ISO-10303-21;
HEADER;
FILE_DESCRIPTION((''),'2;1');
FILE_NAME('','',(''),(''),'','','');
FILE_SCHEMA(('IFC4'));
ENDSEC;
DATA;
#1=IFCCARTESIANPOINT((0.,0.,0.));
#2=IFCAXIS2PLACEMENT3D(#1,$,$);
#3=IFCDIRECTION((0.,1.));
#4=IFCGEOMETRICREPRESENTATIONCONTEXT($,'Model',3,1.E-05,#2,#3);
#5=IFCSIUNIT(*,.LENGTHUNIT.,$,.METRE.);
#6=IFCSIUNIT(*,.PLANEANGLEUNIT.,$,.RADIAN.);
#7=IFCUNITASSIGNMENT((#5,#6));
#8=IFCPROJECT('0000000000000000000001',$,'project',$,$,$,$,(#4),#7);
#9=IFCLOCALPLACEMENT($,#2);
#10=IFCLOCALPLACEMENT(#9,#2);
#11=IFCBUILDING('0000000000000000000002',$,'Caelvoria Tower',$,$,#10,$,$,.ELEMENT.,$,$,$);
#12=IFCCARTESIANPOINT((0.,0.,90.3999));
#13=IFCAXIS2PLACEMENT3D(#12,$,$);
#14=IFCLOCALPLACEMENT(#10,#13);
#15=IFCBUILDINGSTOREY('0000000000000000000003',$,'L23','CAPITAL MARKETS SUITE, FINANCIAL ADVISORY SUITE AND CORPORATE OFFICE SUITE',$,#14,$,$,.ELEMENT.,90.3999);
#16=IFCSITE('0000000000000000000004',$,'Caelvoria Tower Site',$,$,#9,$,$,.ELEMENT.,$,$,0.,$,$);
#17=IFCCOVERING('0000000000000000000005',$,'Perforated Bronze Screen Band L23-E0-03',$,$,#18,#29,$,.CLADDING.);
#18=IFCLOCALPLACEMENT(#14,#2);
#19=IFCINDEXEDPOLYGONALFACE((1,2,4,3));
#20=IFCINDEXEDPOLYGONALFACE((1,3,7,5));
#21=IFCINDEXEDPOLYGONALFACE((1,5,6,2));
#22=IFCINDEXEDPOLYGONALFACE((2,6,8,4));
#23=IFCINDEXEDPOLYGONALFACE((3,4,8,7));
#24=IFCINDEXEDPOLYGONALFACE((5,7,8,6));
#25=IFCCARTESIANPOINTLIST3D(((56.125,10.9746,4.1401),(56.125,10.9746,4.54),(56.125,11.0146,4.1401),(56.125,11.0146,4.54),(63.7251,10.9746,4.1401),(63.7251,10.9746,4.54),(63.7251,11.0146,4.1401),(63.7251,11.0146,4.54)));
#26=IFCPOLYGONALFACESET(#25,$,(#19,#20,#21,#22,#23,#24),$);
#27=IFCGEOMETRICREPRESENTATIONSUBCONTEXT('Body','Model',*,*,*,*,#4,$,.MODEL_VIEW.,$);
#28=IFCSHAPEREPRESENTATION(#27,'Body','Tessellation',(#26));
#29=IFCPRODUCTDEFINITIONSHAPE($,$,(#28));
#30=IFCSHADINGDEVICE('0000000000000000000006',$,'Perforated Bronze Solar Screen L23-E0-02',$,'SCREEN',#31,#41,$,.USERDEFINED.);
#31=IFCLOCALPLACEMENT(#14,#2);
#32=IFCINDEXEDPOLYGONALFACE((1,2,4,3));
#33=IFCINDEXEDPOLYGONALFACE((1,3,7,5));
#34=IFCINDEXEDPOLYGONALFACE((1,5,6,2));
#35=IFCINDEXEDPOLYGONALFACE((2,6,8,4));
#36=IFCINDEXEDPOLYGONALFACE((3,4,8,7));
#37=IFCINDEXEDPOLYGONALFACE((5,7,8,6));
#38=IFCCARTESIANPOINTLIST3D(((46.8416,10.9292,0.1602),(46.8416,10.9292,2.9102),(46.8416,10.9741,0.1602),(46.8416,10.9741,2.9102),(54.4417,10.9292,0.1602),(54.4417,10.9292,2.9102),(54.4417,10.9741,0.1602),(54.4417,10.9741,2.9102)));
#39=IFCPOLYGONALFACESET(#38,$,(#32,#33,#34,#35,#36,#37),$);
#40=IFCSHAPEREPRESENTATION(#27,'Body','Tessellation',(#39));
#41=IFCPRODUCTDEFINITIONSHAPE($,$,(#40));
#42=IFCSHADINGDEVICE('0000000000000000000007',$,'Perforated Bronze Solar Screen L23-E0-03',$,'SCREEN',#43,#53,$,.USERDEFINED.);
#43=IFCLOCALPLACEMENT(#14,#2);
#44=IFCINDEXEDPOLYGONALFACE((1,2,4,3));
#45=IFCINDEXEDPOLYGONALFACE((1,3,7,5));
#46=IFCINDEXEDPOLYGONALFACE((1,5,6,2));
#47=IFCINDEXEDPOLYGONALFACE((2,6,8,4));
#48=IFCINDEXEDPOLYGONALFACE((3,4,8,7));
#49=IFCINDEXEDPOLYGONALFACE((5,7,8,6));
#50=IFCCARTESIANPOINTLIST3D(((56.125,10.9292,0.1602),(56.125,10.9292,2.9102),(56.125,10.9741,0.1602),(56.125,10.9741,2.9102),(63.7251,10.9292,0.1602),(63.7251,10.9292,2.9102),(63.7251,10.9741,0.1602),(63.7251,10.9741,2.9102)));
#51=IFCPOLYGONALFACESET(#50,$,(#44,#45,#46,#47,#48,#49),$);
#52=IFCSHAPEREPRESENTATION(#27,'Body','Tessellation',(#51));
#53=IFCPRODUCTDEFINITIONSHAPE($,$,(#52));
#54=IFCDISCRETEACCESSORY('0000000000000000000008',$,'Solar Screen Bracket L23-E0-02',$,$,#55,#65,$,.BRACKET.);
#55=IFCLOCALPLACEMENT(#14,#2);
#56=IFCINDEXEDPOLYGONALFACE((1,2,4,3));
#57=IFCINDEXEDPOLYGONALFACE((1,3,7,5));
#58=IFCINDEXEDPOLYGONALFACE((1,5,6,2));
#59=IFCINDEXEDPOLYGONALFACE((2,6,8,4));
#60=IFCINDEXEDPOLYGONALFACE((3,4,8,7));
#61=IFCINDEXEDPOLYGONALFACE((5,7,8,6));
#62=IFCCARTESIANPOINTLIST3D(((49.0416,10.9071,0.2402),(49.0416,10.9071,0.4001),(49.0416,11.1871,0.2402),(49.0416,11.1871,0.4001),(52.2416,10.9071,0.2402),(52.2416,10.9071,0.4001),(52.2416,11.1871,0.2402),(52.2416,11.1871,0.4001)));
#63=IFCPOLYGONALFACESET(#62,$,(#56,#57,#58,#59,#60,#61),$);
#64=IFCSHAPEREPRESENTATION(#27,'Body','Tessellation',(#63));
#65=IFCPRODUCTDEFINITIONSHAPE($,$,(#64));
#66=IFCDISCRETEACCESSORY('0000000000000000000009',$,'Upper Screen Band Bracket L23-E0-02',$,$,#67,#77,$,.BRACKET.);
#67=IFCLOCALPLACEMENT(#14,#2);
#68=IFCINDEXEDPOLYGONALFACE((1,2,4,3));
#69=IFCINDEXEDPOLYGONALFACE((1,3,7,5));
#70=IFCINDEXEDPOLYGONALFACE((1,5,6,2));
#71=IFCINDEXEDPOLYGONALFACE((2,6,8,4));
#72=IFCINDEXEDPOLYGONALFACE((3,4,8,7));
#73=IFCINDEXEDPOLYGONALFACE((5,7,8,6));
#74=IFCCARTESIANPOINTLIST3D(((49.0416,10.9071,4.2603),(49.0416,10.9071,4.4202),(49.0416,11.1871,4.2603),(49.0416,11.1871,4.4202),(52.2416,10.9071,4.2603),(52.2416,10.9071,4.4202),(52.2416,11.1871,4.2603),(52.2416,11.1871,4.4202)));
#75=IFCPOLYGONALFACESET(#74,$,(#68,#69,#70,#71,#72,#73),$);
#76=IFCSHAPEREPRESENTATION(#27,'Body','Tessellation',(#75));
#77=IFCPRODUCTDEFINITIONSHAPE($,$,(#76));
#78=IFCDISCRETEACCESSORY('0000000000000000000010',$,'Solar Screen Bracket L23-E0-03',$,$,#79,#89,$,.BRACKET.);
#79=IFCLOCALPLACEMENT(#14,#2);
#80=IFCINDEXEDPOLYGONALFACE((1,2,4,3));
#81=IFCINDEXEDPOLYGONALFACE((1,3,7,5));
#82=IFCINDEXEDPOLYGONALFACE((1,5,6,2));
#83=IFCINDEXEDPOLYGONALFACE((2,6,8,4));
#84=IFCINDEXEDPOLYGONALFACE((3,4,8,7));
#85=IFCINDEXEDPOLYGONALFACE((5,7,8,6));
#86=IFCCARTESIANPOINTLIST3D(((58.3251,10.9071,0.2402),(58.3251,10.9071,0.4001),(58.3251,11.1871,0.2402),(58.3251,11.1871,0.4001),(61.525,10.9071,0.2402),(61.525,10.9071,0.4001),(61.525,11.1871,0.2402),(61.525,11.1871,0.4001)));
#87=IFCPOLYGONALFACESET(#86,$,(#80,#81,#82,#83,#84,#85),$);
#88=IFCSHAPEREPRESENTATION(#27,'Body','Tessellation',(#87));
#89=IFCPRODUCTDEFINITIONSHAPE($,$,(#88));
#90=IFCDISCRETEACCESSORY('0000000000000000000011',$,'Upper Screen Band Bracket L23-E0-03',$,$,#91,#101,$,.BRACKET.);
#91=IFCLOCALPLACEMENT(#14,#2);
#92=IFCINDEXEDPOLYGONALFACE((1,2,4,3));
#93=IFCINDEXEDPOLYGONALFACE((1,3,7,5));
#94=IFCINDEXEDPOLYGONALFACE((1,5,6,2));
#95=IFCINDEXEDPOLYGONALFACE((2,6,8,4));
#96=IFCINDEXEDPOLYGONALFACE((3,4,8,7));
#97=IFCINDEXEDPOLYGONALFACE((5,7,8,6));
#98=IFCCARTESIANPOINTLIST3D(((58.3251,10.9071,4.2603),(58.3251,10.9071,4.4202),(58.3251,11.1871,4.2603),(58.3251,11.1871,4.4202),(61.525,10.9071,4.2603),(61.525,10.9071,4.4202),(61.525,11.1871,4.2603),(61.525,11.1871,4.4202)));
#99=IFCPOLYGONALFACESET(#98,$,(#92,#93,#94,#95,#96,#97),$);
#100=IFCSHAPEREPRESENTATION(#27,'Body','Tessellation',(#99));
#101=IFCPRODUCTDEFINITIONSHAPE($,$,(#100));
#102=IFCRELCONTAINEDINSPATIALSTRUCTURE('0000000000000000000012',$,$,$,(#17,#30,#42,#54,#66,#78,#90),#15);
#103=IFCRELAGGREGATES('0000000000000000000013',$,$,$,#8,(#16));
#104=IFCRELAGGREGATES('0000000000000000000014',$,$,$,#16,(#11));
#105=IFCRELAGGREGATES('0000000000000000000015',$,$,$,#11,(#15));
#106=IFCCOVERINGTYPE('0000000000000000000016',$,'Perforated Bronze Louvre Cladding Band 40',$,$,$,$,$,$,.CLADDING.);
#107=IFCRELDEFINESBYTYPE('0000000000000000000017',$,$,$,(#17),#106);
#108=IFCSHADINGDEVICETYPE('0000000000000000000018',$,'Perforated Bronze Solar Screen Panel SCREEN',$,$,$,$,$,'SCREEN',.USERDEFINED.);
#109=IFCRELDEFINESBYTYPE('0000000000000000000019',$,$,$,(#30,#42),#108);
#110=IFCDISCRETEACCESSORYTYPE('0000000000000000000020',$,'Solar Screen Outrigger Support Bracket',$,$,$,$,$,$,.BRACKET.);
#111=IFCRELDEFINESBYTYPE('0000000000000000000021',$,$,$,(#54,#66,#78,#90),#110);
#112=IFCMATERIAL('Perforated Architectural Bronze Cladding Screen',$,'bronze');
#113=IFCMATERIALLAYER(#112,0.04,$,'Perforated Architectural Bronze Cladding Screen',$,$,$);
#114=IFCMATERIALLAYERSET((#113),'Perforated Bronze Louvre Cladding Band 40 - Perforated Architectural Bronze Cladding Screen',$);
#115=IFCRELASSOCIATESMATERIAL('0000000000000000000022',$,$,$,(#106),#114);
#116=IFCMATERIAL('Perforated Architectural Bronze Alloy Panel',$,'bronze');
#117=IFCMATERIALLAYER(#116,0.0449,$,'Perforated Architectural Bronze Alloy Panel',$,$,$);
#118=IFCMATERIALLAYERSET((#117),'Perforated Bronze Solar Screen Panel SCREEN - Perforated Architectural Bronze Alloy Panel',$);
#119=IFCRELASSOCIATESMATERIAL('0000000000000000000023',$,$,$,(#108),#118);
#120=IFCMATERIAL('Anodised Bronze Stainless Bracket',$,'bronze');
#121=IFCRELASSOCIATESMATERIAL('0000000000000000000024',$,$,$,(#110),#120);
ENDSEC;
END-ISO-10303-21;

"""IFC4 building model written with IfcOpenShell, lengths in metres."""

from ifc_helpers import new_model, si_unit, direction, frame, origin, origin_2d, place, context, subcontext, project, spatial, rectangle, extrude, material, layer, layer_set, type_object, element, save


model = new_model("IFC4")

# Units and contexts
model_context = context("Model", 3, precision=1e-05, world=origin(), true_north=direction((0.0, 1.0)))
body_context = subcontext(model_context, "Body", "Model", "MODEL_VIEW")
ifc_project = project(units=[si_unit("LENGTHUNIT", "METRE"), si_unit("PLANEANGLEUNIT", "RADIAN")], contexts=[model_context])

# Site, building, storey
site_placement = place(None, origin())
site = spatial("IfcSite", under=ifc_project, at=site_placement, Name="Caelvoria Tower Site", CompositionType="ELEMENT", RefElevation=0.0)
building_placement = place(site_placement, origin())
building = spatial("IfcBuilding", under=site, at=building_placement, Name="Caelvoria Tower", CompositionType="ELEMENT")
storey_placement = place(building_placement, frame((0.0, 0.0, 90.3999)))
storey = spatial("IfcBuildingStorey", under=building, at=storey_placement, Name="L23", Description="CAPITAL MARKETS SUITE, FINANCIAL ADVISORY SUITE AND CORPORATE OFFICE SUITE", CompositionType="ELEMENT", Elevation=90.3999)

# Covering
ifc_material_1 = material(Name="Perforated Architectural Bronze Cladding Screen", Category="bronze")
ifc_layer_1 = layer(ifc_material_1, 0.04, Name="Perforated Architectural Bronze Cladding Screen")
ifc_layer_set_1 = layer_set([ifc_layer_1], Name="Perforated Bronze Louvre Cladding Band 40 - Perforated Architectural Bronze Cladding Screen")
covering_type = type_object("IfcCoveringType", Name="Perforated Bronze Louvre Cladding Band 40", PredefinedType="CLADDING", material=ifc_layer_set_1)
for number, where, z_axis, x_axis, name in (
    (1, (59.925, 10.9946, 4.1401), (0.0, 0.0, 1.0), (1.0, 0.0, 0.0), "Perforated Bronze Screen Band L23-E0-03"),
):
    element("IfcCovering", number, at=place(storey_placement, frame(where, z_axis=z_axis, x_axis=x_axis)), inside=storey, type_object=covering_type, Name=name, PredefinedType="CLADDING", context=body_context, shape_type="SweptSolid", body=[
        extrude(rectangle(XDim=7.6001, YDim=0.04, at=origin_2d()), origin(), (0.0, 0.0, 1.0), 0.3999),
    ])

# Shading devices
ifc_material_2 = material(Name="Perforated Architectural Bronze Alloy Panel", Category="bronze")
ifc_layer_2 = layer(ifc_material_2, 0.0449, Name="Perforated Architectural Bronze Alloy Panel")
ifc_layer_set_2 = layer_set([ifc_layer_2], Name="Perforated Bronze Solar Screen Panel SCREEN - Perforated Architectural Bronze Alloy Panel")
shading_device_type = type_object("IfcShadingDeviceType", Name="Perforated Bronze Solar Screen Panel SCREEN", ElementType="SCREEN", PredefinedType="USERDEFINED", material=ifc_layer_set_2)
for number, where, z_axis, x_axis, name in (
    (2, (50.6416, 10.9517, 0.1602), (0.0, 0.0, 1.0), (1.0, 0.0, 0.0), "Perforated Bronze Solar Screen L23-E0-02"),
    (3, (59.925, 10.9517, 0.1602), (0.0, 0.0, 1.0), (1.0, 0.0, 0.0), "Perforated Bronze Solar Screen L23-E0-03"),
):
    element("IfcShadingDevice", number, at=place(storey_placement, frame(where, z_axis=z_axis, x_axis=x_axis)), inside=storey, type_object=shading_device_type, Name=name, ObjectType="SCREEN", PredefinedType="USERDEFINED", context=body_context, shape_type="SweptSolid", body=[
        extrude(rectangle(XDim=7.6001, YDim=0.0449, at=origin_2d()), origin(), (0.0, 0.0, 1.0), 2.75),
    ])

# Discrete accessories
ifc_material_3 = material(Name="Anodised Bronze Stainless Bracket", Category="bronze")
discrete_accessory_type = type_object("IfcDiscreteAccessoryType", Name="Solar Screen Outrigger Support Bracket", PredefinedType="BRACKET", material=ifc_material_3)
for number, where, z_axis, x_axis, name in (
    (4, (50.6416, 11.0471, 0.2402), (0.0, 0.0, 1.0), (1.0, 0.0, 0.0), "Solar Screen Bracket L23-E0-02"),
    (5, (50.6416, 11.0471, 4.2603), (0.0, 0.0, 1.0), (1.0, 0.0, 0.0), "Upper Screen Band Bracket L23-E0-02"),
    (6, (59.925, 11.0471, 0.2402), (0.0, 0.0, 1.0), (1.0, 0.0, 0.0), "Solar Screen Bracket L23-E0-03"),
    (7, (59.925, 11.0471, 4.2603), (0.0, 0.0, 1.0), (1.0, 0.0, 0.0), "Upper Screen Band Bracket L23-E0-03"),
):
    element("IfcDiscreteAccessory", number, at=place(storey_placement, frame(where, z_axis=z_axis, x_axis=x_axis)), inside=storey, type_object=discrete_accessory_type, Name=name, PredefinedType="BRACKET", context=body_context, shape_type="SweptSolid", body=[
        extrude(rectangle(XDim=3.2, YDim=0.28, at=origin_2d()), origin(), (0.0, 0.0, 1.0), 0.1599),
    ])

save(model, "model.ifc")
